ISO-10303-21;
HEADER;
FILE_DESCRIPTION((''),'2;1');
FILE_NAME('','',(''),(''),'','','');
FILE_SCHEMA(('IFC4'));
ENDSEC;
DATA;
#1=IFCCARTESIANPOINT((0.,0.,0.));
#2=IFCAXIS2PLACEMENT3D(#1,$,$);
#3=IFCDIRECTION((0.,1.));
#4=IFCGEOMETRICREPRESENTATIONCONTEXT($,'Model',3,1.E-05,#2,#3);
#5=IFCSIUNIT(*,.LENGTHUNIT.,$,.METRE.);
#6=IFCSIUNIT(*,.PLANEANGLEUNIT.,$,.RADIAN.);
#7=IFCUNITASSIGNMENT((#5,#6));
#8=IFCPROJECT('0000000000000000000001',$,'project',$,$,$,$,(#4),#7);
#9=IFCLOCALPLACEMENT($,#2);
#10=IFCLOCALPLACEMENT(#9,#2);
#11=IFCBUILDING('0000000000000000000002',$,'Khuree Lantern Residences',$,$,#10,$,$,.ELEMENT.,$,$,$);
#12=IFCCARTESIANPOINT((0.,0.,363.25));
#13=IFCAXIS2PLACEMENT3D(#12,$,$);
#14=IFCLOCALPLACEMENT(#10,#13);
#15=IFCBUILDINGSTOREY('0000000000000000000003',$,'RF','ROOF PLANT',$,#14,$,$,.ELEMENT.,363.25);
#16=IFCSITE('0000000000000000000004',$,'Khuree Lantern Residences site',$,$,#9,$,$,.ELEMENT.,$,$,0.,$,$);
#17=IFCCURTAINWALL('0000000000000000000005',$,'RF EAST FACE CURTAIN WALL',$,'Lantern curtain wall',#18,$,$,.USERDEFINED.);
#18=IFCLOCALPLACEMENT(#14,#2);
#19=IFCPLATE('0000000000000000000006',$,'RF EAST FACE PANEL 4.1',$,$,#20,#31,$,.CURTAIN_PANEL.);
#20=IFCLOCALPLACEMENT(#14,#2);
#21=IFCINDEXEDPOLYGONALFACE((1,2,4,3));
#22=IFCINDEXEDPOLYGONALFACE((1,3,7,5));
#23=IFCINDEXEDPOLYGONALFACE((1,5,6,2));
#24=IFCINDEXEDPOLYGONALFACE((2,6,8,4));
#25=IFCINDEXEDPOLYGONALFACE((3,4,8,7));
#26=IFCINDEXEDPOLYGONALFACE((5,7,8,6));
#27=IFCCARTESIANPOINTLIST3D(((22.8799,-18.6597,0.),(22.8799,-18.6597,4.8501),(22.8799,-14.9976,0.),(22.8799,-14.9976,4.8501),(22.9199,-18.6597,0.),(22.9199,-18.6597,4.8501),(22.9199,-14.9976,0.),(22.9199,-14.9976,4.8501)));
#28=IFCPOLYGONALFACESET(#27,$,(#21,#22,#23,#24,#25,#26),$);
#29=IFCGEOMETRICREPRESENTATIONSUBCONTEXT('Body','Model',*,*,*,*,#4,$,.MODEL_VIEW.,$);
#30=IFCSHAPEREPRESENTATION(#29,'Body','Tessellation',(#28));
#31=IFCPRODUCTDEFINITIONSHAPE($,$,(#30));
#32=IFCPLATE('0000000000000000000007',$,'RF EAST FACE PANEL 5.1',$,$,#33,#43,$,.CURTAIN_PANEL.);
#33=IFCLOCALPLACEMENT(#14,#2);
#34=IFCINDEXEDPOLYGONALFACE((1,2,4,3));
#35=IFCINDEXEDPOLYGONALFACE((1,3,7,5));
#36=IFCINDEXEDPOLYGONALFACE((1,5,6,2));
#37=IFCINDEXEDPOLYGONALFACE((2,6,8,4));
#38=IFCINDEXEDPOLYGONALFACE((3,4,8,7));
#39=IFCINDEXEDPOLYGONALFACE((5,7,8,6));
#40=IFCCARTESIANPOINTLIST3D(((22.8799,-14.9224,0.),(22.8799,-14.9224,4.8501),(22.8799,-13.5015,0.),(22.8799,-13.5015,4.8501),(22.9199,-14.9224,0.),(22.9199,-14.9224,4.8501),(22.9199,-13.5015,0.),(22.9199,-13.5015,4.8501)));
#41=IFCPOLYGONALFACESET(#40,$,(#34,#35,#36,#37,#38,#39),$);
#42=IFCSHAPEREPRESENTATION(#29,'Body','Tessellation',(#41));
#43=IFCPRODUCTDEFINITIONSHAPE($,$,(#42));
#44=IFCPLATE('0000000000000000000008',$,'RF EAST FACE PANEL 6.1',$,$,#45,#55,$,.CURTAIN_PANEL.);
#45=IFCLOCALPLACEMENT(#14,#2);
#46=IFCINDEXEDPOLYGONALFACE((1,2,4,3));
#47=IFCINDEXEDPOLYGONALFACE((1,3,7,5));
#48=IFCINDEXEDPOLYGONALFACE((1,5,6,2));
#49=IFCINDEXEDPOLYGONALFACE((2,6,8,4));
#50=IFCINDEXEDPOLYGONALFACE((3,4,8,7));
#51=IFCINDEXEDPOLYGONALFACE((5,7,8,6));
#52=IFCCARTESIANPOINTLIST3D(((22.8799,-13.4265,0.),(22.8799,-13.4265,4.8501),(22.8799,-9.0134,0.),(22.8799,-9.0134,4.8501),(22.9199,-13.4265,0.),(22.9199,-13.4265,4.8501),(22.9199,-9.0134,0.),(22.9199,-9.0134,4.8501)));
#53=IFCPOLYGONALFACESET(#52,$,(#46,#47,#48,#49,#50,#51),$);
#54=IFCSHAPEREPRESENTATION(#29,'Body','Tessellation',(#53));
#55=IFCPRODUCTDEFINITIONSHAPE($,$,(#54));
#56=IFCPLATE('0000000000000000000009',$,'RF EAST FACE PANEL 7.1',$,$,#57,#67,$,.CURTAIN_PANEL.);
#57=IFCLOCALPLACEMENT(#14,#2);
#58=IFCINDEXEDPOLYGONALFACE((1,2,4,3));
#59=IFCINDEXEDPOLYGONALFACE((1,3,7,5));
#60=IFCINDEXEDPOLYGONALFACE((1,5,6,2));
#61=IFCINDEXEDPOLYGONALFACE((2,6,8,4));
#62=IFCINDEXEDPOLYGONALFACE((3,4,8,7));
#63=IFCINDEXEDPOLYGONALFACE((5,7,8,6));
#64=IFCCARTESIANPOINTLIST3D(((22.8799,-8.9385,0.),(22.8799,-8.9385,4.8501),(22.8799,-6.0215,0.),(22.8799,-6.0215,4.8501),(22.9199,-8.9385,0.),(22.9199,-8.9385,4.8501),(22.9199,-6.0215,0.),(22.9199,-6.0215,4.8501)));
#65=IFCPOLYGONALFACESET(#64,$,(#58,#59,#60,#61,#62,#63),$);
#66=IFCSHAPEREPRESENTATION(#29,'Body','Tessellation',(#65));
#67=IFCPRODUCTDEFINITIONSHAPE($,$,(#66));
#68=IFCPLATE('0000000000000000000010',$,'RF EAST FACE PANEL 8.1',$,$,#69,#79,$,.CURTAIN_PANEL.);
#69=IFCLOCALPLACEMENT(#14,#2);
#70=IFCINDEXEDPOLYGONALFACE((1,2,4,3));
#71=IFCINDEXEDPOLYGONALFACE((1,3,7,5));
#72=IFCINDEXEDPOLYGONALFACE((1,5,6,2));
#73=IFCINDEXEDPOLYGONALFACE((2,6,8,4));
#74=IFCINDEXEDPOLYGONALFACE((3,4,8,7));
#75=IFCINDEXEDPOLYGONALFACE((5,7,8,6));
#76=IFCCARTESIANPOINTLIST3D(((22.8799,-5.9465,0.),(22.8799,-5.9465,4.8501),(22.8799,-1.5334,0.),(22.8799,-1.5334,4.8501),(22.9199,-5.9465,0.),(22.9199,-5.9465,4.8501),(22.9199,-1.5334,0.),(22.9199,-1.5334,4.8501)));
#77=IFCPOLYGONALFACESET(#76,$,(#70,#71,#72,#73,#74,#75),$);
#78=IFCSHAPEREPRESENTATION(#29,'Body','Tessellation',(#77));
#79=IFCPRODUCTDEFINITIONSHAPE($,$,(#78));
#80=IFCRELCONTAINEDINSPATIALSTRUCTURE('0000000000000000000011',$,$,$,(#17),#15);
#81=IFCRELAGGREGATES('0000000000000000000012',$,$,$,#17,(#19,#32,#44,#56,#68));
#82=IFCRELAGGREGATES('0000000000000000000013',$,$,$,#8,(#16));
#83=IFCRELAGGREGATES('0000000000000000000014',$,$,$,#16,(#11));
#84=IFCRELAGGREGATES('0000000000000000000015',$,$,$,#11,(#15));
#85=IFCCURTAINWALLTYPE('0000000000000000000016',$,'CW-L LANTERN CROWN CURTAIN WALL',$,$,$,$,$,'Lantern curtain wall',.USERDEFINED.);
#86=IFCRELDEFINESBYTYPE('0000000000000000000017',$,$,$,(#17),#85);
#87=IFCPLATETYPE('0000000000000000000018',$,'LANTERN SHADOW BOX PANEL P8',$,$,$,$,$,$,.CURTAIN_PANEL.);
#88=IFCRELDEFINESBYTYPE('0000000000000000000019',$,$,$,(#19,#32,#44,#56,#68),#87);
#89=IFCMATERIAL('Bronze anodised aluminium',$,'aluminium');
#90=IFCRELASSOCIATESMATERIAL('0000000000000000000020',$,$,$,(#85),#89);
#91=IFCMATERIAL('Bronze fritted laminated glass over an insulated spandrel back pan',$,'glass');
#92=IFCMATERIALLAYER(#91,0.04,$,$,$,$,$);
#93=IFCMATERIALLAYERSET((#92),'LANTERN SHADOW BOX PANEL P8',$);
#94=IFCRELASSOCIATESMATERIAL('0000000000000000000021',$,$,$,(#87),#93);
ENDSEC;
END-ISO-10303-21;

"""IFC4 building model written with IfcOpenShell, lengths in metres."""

from ifc_helpers import new_model, si_unit, direction, frame, origin, origin_2d, place, context, subcontext, project, spatial, rectangle, extrude, material, layer, layer_set, type_object, element, aggregate, save


model = new_model("IFC4")

# Units and contexts
model_context = context("Model", 3, precision=1e-05, world=origin(), true_north=direction((0.0, 1.0)))
body_context = subcontext(model_context, "Body", "Model", "MODEL_VIEW")
ifc_project = project(units=[si_unit("LENGTHUNIT", "METRE"), si_unit("PLANEANGLEUNIT", "RADIAN")], contexts=[model_context])

# Site, building, storey
site_placement = place(None, origin())
site = spatial("IfcSite", under=ifc_project, at=site_placement, Name="Khuree Lantern Residences site", CompositionType="ELEMENT", RefElevation=0.0)
building_placement = place(site_placement, origin())
building = spatial("IfcBuilding", under=site, at=building_placement, Name="Khuree Lantern Residences", CompositionType="ELEMENT")
storey_placement = place(building_placement, frame((0.0, 0.0, 363.25)))
storey = spatial("IfcBuildingStorey", under=building, at=storey_placement, Name="RF", Description="ROOF PLANT", CompositionType="ELEMENT", Elevation=363.25)

# Curtain wall
ifc_material_1 = material(Name="Bronze anodised aluminium", Category="aluminium")
curtain_wall_type = type_object("IfcCurtainWallType", Name="CW-L LANTERN CROWN CURTAIN WALL", ElementType="Lantern curtain wall", PredefinedType="USERDEFINED", material=ifc_material_1)
curtain_wall_1_placement = place(storey_placement, origin())
curtain_wall_1 = element("IfcCurtainWall", 1, at=curtain_wall_1_placement, inside=storey, type_object=curtain_wall_type, Name="RF EAST FACE CURTAIN WALL", ObjectType="Lantern curtain wall", PredefinedType="USERDEFINED")

# Plates
ifc_material_2 = material(Name="Bronze fritted laminated glass over an insulated spandrel back pan", Category="glass")
ifc_layer = layer(ifc_material_2, 0.04)
ifc_layer_set = layer_set([ifc_layer], Name="LANTERN SHADOW BOX PANEL P8")
plate_type = type_object("IfcPlateType", Name="LANTERN SHADOW BOX PANEL P8", PredefinedType="CURTAIN_PANEL", material=ifc_layer_set)
plate_1_placement = place(storey_placement, frame((22.8999, -16.8286, 0.0), z_axis=(0.0, 0.0, 1.0), x_axis=(0.0, 1.0, 0.0)))
plate_1 = element("IfcPlate", 2, at=plate_1_placement, type_object=plate_type, Name="RF EAST FACE PANEL 4.1", PredefinedType="CURTAIN_PANEL", context=body_context, shape_type="SweptSolid", body=[
    extrude(rectangle(XDim=3.6621, YDim=0.04, at=origin_2d()), origin(), (0.0, 0.0, 1.0), 4.8501),
])
plate_2_placement = place(storey_placement, frame((22.8999, -14.2119, 0.0), z_axis=(0.0, 0.0, 1.0), x_axis=(0.0, 1.0, 0.0)))
plate_2 = element("IfcPlate", 3, at=plate_2_placement, type_object=plate_type, Name="RF EAST FACE PANEL 5.1", PredefinedType="CURTAIN_PANEL", context=body_context, shape_type="SweptSolid", body=[
    extrude(rectangle(XDim=1.4209, YDim=0.04, at=origin_2d()), origin(), (0.0, 0.0, 1.0), 4.8501),
])
plate_3_placement = place(storey_placement, frame((22.8999, -11.22, 0.0), z_axis=(0.0, 0.0, 1.0), x_axis=(0.0, 1.0, 0.0)))
plate_3 = element("IfcPlate", 4, at=plate_3_placement, type_object=plate_type, Name="RF EAST FACE PANEL 6.1", PredefinedType="CURTAIN_PANEL", context=body_context, shape_type="SweptSolid", body=[
    extrude(rectangle(XDim=4.4131, YDim=0.04, at=origin_2d()), origin(), (0.0, 0.0, 1.0), 4.8501),
])
plate_4_placement = place(storey_placement, frame((22.8999, -7.48, 0.0), z_axis=(0.0, 0.0, 1.0), x_axis=(0.0, 1.0, 0.0)))
plate_4 = element("IfcPlate", 5, at=plate_4_placement, type_object=plate_type, Name="RF EAST FACE PANEL 7.1", PredefinedType="CURTAIN_PANEL", context=body_context, shape_type="SweptSolid", body=[
    extrude(rectangle(XDim=2.917, YDim=0.04, at=origin_2d()), origin(), (0.0, 0.0, 1.0), 4.8501),
])
plate_5_placement = place(storey_placement, frame((22.8999, -3.74, 0.0), z_axis=(0.0, 0.0, 1.0), x_axis=(0.0, 1.0, 0.0)))
plate_5 = element("IfcPlate", 6, at=plate_5_placement, type_object=plate_type, Name="RF EAST FACE PANEL 8.1", PredefinedType="CURTAIN_PANEL", context=body_context, shape_type="SweptSolid", body=[
    extrude(rectangle(XDim=4.4131, YDim=0.04, at=origin_2d()), origin(), (0.0, 0.0, 1.0), 4.8501),
])
aggregate(curtain_wall_1, [plate_1, plate_2, plate_3, plate_4, plate_5])

save(model, "model.ifc")
